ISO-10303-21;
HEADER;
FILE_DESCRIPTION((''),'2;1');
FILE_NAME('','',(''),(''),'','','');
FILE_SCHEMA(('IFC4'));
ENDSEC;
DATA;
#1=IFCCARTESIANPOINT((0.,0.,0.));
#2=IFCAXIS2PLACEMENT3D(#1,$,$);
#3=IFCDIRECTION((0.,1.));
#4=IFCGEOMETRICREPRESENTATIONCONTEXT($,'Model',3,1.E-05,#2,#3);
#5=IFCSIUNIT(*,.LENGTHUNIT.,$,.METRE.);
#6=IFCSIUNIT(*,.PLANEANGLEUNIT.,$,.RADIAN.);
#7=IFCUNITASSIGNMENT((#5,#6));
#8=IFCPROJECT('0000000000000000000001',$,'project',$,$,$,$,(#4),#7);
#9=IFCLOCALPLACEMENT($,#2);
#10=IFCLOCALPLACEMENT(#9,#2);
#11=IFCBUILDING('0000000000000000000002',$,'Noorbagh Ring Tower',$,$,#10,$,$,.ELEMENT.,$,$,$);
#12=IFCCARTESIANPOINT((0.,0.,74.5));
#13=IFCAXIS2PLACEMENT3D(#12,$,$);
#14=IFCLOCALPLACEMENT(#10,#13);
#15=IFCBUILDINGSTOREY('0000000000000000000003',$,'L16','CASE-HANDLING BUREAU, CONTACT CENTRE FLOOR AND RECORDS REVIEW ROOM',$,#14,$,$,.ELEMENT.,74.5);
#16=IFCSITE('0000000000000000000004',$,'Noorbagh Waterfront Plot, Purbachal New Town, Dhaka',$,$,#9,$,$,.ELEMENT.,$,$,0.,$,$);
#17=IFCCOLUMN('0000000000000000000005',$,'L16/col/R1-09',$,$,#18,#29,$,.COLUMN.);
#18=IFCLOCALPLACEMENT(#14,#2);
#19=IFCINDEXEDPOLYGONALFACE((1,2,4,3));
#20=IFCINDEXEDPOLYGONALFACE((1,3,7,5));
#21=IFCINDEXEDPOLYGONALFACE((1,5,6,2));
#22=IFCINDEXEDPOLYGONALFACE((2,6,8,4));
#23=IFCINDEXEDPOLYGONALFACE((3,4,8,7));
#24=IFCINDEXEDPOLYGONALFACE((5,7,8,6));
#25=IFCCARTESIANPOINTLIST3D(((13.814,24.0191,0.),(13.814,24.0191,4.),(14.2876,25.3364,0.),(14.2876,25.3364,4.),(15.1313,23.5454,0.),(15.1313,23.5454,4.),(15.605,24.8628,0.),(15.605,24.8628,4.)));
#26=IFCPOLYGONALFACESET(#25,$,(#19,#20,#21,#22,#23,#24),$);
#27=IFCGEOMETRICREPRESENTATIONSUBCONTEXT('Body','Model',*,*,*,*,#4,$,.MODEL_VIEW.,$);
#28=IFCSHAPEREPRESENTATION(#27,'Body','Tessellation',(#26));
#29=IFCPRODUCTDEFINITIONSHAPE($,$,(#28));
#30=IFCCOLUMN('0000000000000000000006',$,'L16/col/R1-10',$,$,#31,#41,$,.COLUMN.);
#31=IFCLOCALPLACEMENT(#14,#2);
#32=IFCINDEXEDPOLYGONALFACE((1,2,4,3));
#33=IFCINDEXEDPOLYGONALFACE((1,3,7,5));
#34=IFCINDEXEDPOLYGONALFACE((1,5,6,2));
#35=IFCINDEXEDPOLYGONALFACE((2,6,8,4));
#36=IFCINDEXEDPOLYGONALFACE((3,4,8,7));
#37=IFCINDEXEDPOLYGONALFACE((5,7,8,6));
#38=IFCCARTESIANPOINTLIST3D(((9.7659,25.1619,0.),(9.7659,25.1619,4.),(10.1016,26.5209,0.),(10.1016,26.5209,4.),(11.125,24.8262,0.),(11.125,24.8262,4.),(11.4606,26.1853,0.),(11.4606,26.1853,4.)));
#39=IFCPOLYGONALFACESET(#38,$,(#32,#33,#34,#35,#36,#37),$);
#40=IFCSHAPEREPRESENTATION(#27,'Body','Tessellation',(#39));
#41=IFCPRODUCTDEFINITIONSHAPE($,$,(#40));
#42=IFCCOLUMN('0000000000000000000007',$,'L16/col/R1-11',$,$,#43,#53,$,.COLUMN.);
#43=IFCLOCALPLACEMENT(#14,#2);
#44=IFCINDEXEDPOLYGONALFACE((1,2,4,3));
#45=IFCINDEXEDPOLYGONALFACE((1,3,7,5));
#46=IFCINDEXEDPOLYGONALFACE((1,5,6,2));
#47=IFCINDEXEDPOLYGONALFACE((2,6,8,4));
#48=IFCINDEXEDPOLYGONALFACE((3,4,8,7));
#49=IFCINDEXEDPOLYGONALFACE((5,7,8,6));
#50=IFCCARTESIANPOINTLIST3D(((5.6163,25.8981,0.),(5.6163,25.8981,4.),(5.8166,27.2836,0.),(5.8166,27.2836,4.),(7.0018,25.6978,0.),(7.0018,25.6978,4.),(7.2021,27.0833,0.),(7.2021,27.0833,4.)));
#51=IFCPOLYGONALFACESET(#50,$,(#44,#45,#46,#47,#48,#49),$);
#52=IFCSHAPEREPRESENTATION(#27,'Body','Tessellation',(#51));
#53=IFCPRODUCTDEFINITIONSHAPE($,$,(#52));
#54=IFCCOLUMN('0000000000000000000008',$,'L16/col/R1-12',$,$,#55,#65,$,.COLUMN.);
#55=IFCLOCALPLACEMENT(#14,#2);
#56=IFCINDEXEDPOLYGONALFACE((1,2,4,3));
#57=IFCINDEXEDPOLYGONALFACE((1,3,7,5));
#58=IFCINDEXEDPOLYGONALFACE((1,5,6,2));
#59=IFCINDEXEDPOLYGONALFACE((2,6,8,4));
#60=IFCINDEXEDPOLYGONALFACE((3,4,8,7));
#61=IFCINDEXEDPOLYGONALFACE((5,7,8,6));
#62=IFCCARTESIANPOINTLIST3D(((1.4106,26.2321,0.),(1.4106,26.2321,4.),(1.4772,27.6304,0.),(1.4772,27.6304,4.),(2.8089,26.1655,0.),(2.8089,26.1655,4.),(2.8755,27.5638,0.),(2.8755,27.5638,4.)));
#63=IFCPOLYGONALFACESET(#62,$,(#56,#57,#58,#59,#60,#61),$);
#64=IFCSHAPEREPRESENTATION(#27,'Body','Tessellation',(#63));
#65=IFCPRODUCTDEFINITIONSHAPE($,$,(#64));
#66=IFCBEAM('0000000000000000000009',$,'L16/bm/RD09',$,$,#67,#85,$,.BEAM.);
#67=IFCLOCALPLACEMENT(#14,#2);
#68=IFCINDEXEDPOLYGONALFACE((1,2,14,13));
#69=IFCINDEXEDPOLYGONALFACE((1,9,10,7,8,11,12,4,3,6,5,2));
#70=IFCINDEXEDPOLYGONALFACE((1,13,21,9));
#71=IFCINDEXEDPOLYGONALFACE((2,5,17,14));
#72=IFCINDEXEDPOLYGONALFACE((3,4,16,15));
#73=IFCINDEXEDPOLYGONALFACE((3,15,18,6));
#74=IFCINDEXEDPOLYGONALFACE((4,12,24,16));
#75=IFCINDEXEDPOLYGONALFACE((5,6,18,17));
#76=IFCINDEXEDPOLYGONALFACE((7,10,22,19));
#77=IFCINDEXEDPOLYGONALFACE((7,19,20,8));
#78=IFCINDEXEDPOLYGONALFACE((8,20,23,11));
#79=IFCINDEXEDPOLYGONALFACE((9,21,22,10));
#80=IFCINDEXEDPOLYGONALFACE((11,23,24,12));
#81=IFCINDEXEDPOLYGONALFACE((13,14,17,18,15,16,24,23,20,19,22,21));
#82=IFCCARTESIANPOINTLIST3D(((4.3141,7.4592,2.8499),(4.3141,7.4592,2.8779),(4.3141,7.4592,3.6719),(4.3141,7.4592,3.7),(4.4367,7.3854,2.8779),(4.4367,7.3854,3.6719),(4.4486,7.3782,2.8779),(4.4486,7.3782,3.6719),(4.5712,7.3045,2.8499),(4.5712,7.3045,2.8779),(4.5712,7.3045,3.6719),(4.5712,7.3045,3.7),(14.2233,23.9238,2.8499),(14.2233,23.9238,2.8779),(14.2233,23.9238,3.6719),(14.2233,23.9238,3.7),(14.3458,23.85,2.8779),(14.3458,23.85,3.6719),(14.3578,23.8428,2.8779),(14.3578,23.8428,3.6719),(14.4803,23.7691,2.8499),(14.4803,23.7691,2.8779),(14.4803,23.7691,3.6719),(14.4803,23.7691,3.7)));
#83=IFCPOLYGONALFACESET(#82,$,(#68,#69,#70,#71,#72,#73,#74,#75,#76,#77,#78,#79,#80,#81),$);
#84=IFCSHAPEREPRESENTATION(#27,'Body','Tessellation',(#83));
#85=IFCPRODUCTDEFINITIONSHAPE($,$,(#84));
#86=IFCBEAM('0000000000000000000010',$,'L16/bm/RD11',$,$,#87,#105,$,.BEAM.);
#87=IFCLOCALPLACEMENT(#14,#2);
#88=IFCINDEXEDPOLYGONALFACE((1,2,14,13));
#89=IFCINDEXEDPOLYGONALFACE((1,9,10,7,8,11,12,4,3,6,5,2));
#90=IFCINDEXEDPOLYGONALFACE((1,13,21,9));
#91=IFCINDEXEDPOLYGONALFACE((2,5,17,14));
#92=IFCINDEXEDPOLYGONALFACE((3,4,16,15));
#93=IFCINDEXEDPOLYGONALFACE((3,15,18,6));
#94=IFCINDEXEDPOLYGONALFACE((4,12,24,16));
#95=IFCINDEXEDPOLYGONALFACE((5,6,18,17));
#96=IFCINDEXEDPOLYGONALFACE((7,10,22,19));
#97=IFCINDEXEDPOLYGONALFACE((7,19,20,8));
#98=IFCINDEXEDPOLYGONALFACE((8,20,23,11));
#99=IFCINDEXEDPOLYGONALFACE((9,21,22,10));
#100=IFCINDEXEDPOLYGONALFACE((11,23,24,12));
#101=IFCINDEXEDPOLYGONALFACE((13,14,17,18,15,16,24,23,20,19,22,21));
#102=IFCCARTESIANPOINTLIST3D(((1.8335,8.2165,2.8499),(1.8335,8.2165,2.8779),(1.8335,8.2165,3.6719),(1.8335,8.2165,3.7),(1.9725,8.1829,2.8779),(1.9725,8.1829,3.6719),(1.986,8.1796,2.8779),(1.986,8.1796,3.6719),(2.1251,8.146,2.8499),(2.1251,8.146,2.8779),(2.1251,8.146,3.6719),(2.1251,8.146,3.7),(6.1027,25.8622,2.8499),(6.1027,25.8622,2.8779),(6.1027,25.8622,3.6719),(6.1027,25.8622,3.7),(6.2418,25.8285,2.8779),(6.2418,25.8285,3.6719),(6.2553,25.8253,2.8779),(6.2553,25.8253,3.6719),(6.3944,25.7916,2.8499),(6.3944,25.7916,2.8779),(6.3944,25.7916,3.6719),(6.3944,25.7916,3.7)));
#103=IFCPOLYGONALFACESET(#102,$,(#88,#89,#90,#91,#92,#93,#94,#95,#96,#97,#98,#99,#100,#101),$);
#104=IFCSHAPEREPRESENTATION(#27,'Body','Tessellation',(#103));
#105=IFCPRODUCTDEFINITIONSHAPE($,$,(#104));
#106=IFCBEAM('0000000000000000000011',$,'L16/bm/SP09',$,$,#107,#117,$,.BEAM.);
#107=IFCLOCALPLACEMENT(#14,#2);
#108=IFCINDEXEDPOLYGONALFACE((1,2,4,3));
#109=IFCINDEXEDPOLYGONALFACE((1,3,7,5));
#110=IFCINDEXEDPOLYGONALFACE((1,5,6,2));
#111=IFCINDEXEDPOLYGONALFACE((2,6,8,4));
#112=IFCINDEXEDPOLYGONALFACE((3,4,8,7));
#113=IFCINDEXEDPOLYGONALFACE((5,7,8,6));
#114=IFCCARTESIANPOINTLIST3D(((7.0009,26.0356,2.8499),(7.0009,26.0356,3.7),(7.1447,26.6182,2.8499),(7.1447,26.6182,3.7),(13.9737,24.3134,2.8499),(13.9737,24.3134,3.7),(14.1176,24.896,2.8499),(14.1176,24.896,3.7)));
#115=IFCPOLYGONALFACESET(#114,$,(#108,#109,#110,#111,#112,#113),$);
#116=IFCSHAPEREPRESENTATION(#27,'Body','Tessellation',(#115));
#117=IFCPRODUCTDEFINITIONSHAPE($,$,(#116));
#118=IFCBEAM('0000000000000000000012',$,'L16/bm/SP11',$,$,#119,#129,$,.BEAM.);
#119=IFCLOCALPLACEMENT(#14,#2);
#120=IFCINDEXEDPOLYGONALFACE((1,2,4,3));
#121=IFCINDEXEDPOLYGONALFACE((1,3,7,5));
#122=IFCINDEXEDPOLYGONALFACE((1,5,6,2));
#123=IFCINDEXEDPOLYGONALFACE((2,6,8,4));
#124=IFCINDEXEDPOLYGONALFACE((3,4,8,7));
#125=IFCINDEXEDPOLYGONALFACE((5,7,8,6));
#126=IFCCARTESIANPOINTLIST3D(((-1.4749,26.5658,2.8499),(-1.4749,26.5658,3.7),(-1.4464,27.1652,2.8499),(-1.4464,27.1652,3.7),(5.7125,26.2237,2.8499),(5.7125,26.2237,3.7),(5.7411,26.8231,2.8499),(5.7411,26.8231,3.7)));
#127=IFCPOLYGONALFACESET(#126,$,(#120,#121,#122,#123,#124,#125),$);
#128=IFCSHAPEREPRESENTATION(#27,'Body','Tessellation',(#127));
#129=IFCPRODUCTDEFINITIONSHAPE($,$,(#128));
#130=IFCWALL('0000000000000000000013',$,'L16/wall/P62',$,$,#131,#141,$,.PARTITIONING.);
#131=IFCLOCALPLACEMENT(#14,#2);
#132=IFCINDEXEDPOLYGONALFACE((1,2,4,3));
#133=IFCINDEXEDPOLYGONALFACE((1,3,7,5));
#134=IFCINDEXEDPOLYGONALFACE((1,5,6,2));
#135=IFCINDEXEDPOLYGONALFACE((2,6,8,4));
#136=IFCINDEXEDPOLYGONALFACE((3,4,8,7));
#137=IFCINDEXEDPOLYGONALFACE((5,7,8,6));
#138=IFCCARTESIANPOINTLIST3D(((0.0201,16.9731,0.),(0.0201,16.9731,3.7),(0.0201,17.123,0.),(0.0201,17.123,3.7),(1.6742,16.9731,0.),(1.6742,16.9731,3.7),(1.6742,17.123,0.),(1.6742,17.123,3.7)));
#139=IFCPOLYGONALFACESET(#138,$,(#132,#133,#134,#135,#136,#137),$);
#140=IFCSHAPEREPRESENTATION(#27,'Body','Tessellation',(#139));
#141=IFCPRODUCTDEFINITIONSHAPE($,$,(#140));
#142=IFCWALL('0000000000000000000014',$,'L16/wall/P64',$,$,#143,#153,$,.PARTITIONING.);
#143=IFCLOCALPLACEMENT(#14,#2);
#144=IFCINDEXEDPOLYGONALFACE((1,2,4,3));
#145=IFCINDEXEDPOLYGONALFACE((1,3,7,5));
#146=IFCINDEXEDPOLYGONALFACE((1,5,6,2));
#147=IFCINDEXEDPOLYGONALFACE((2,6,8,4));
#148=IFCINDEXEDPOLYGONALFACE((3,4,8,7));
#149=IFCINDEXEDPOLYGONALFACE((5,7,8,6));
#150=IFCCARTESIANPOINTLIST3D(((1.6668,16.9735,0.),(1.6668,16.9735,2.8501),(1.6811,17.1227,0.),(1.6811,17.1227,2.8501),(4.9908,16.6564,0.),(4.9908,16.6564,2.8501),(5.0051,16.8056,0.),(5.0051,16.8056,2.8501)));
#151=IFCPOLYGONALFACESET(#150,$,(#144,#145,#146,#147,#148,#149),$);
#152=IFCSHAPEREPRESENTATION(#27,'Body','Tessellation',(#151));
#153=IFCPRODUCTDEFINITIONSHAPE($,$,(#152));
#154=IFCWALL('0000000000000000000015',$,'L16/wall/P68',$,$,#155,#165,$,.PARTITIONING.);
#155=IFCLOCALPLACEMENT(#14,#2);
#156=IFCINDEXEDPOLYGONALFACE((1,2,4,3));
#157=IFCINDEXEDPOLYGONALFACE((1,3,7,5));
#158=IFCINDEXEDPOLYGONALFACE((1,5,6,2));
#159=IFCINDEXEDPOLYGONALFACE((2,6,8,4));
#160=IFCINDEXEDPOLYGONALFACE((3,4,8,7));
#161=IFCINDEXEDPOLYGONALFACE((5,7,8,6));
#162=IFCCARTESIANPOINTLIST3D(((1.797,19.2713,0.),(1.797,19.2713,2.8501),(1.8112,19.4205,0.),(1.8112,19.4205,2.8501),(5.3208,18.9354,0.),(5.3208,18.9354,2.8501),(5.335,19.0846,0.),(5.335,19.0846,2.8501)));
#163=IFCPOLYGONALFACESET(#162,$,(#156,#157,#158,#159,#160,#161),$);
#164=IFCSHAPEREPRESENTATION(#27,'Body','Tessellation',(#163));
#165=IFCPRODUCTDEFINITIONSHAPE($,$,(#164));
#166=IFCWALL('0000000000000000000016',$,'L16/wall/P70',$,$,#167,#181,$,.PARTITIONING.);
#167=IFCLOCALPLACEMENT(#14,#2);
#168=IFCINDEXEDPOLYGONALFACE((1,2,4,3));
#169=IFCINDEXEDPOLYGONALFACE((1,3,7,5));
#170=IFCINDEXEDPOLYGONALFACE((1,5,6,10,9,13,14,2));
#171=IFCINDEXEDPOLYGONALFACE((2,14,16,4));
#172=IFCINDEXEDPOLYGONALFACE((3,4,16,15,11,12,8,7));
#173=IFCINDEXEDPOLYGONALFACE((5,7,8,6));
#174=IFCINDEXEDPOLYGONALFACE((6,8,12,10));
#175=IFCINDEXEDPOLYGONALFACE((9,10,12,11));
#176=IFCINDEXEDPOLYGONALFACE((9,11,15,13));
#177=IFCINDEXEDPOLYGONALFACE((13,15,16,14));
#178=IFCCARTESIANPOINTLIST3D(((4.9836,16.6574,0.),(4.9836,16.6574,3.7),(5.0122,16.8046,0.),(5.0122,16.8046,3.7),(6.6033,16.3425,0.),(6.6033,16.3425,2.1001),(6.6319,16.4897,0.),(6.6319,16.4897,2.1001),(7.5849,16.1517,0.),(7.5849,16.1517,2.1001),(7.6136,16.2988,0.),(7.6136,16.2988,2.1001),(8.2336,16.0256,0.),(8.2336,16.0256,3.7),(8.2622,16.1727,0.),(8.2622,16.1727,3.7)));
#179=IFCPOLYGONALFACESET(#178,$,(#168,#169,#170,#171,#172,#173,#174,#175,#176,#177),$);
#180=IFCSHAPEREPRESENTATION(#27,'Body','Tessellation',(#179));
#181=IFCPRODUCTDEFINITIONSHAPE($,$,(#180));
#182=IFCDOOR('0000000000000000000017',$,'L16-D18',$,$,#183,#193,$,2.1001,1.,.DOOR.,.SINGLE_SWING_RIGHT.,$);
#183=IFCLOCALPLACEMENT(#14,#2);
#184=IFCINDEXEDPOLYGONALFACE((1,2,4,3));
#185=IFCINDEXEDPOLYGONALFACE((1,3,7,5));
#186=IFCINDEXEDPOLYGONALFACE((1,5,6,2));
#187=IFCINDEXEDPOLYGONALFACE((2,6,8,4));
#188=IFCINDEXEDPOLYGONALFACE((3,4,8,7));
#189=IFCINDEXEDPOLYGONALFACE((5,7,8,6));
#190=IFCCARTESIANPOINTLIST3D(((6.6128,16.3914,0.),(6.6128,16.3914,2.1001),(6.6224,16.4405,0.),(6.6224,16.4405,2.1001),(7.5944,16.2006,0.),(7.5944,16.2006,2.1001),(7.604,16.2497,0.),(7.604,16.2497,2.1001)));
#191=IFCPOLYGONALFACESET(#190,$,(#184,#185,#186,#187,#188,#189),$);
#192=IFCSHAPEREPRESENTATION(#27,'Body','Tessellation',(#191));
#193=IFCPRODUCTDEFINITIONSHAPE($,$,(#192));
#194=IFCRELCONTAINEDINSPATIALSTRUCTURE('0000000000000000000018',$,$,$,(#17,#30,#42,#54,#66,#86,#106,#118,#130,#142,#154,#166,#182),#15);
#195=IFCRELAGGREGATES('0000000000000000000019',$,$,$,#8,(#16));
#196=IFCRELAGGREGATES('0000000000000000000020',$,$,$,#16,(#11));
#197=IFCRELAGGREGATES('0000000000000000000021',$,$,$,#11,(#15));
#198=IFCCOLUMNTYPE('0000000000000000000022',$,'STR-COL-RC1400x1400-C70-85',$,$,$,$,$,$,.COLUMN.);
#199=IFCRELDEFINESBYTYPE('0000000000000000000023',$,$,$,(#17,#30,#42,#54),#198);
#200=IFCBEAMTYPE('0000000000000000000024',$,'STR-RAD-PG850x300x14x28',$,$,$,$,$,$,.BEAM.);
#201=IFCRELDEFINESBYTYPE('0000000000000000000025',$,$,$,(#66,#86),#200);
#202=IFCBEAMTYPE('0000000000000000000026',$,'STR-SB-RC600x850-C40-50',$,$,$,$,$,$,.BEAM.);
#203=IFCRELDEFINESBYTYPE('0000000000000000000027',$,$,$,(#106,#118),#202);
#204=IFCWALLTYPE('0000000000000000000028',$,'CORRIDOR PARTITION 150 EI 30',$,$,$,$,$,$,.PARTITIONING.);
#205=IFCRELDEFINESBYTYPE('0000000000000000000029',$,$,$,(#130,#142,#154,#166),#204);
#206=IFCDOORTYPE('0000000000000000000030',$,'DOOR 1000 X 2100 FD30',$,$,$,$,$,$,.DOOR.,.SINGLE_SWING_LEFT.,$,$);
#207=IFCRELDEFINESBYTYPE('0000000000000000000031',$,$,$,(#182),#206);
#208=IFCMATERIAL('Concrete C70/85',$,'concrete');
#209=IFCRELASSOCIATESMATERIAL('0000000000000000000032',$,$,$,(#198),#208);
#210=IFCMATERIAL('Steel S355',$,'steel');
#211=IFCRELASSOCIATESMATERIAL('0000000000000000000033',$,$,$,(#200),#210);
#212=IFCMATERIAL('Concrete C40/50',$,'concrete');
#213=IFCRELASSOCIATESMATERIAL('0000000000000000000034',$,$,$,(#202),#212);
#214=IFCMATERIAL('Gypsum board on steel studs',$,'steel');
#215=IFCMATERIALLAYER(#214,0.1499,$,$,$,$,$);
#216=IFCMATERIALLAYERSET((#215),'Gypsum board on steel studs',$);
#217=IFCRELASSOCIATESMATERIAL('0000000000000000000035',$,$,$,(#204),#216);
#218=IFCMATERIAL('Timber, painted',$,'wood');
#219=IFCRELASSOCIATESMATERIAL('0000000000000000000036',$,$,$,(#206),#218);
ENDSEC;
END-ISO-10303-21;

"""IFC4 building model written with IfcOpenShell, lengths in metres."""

from ifc_helpers import new_model, si_unit, direction, frame, frame_2d, origin, origin_2d, place, context, subcontext, project, spatial, rectangle, i_section, extrude, material, layer, layer_set, material_profile, profile_set, type_object, element, fill, save


model = new_model("IFC4")

# Units and contexts
model_context = context("Model", 3, precision=1e-05, world=origin(), true_north=direction((0.0, 1.0)))
body_context = subcontext(model_context, "Body", "Model", "MODEL_VIEW")
ifc_project = project(units=[si_unit("LENGTHUNIT", "METRE"), si_unit("PLANEANGLEUNIT", "RADIAN")], contexts=[model_context])

# Site, building, storey
site_placement = place(None, origin())
site = spatial("IfcSite", under=ifc_project, at=site_placement, Name="Noorbagh Waterfront Plot, Purbachal New Town, Dhaka", CompositionType="ELEMENT", RefElevation=0.0)
building_placement = place(site_placement, origin())
building = spatial("IfcBuilding", under=site, at=building_placement, Name="Noorbagh Ring Tower", CompositionType="ELEMENT")
storey_placement = place(building_placement, frame((0.0, 0.0, 74.5)))
storey = spatial("IfcBuildingStorey", under=building, at=storey_placement, Name="L16", Description="CASE-HANDLING BUREAU, CONTACT CENTRE FLOOR AND RECORDS REVIEW ROOM", CompositionType="ELEMENT", Elevation=74.5)

# Columns
ifc_material_1 = material(Name="Concrete C70/85", Category="concrete")
ifc_material_profile_1 = material_profile(ifc_material_1, rectangle(XDim=1.3999, YDim=1.3999, at=origin_2d()), Name="RC1400x1400")
ifc_profile_set_1 = profile_set([ifc_material_profile_1], Name="Concrete C70/85")
column_type = type_object("IfcColumnType", Name="STR-COL-RC1400x1400-C70-85", PredefinedType="COLUMN", material=ifc_profile_set_1)
for number, where, z_axis, x_axis, name in (
    (1, (14.7095, 24.4409, 0.0), (0.0, 0.0, 1.0), (-0.941025, 0.338338, 0.0), "L16/col/R1-09"),
    (2, (10.6133, 25.6736, 0.0), (0.0, 0.0, 1.0), (-0.970829, 0.239771, 0.0), "L16/col/R1-10"),
    (3, (6.4092, 26.4907, 0.0), (0.0, 0.0, 1.0), (-0.989713, 0.143066, 0.0), "L16/col/R1-11"),
    (4, (2.1431, 26.8979, 0.0), (0.0, 0.0, 1.0), (-0.998869, 0.047553, 0.0), "L16/col/R1-12"),
):
    element("IfcColumn", number, at=place(storey_placement, frame(where, z_axis=z_axis, x_axis=x_axis)), inside=storey, type_object=column_type, Name=name, PredefinedType="COLUMN", context=body_context, shape_type="SweptSolid", body=[
        extrude(rectangle(XDim=1.3999, YDim=1.3999, at=origin_2d()), origin(), (0.0, 0.0, 1.0), 4.0),
    ])

# Beams
ifc_material_2 = material(Name="Steel S355", Category="steel")
ifc_material_profile_2 = material_profile(ifc_material_2, i_section(OverallWidth=0.3, OverallDepth=0.8501, WebThickness=0.0139, FlangeThickness=0.0281, at=origin_2d()), Name="PG850x300x14x28")
ifc_profile_set_2 = profile_set([ifc_material_profile_2], Name="Steel S355")
beam_type_1 = type_object("IfcBeamType", Name="STR-RAD-PG850x300x14x28", PredefinedType="BEAM", material=ifc_profile_set_2)
beam_1_placement = place(storey_placement, frame((14.3518, 23.8464, 3.2749), z_axis=(-0.515659, -0.856794, 0.0), x_axis=(0.856794, -0.515659, 0.0)))
element("IfcBeam", 5, at=beam_1_placement, inside=storey, type_object=beam_type_1, Name="L16/bm/RD09", PredefinedType="BEAM", context=body_context, shape_type="SweptSolid", body=[
    extrude(i_section(OverallWidth=0.3, OverallDepth=0.8501, WebThickness=0.0139, FlangeThickness=0.0281, at=origin_2d()), origin(), (0.0, 0.0, 1.0), 19.2166),
])
beam_2_placement = place(storey_placement, frame((6.2485, 25.8269, 3.2749), z_axis=(-0.235159, -0.971957, 0.0), x_axis=(0.971957, -0.235159, 0.0)))
element("IfcBeam", 6, at=beam_2_placement, inside=storey, type_object=beam_type_1, Name="L16/bm/RD11", PredefinedType="BEAM", context=body_context, shape_type="SweptSolid", body=[
    extrude(i_section(OverallWidth=0.3, OverallDepth=0.8501, WebThickness=0.0139, FlangeThickness=0.0281, at=origin_2d()), origin(), (0.0, 0.0, 1.0), 18.1548),
])
ifc_material_3 = material(Name="Concrete C40/50", Category="concrete")
ifc_material_profile_3 = material_profile(ifc_material_3, rectangle(XDim=0.6001, YDim=0.8501, at=origin_2d()), Name="RC600x850")
ifc_profile_set_3 = profile_set([ifc_material_profile_3], Name="Concrete C40/50")
beam_type_2 = type_object("IfcBeamType", Name="STR-SB-RC600x850-C40-50", PredefinedType="BEAM", material=ifc_profile_set_3)
beam_3_placement = place(storey_placement, frame((14.0457, 24.6047, 3.2749), z_axis=(-0.970828, 0.239775, 0.0), x_axis=(-0.239775, -0.970828, 0.0)))
element("IfcBeam", 7, at=beam_3_placement, inside=storey, type_object=beam_type_2, Name="L16/bm/SP09", PredefinedType="BEAM", context=body_context, shape_type="SweptSolid", body=[
    extrude(rectangle(XDim=0.6001, YDim=0.8501, at=origin_2d()), origin(), (0.0, 0.0, 1.0), 7.1824),
])
beam_4_placement = place(storey_placement, frame((5.7268, 26.5234, 3.2749), z_axis=(-0.99887, 0.047535, 0.0), x_axis=(-0.047535, -0.99887, 0.0)))
element("IfcBeam", 8, at=beam_4_placement, inside=storey, type_object=beam_type_2, Name="L16/bm/SP11", PredefinedType="BEAM", context=body_context, shape_type="SweptSolid", body=[
    extrude(rectangle(XDim=0.6001, YDim=0.8501, at=origin_2d()), origin(), (0.0, 0.0, 1.0), 7.1956),
])

# Walls
ifc_material_4 = material(Name="Gypsum board on steel studs", Category="steel")
ifc_layer_1 = layer(ifc_material_4, 0.1499)
ifc_layer_set_1 = layer_set([ifc_layer_1], Name="Gypsum board on steel studs")
wall_type_1 = type_object("IfcWallType", Name="CORRIDOR PARTITION 150 EI 30", PredefinedType="PARTITIONING", material=ifc_layer_set_1)
wall_1_placement = place(storey_placement, frame((0.02, 17.0481, 0.0), z_axis=(0.0, 0.0, 1.0), x_axis=(1.0, 0.0, 0.0)))
element("IfcWall", 9, at=wall_1_placement, inside=storey, type_object=wall_type_1, Name="L16/wall/P62", PredefinedType="PARTITIONING", context=body_context, shape_type="SweptSolid", body=[
    extrude(rectangle(XDim=1.6541, YDim=0.1499, at=frame_2d((0.8271, 0.0))), origin(), (0.0, 0.0, 1.0), 3.7),
])
wall_2_placement = place(storey_placement, frame((1.6741, 17.0481, 0.0), z_axis=(0.0, 0.0, 1.0), x_axis=(0.995479, -0.094978, 0.0)))
element("IfcWall", 10, at=wall_2_placement, inside=storey, type_object=wall_type_1, Name="L16/wall/P64", PredefinedType="PARTITIONING", context=body_context, shape_type="SweptSolid", body=[
    extrude(rectangle(XDim=3.3391, YDim=0.1499, at=frame_2d((1.6694, 0.0))), origin(), (0.0, 0.0, 1.0), 2.8501),
])
wall_3_placement = place(storey_placement, frame((1.804, 19.3459, 0.0), z_axis=(0.0, 0.0, 1.0), x_axis=(0.995487, -0.0949, 0.0)))
element("IfcWall", 11, at=wall_3_placement, inside=storey, type_object=wall_type_1, Name="L16/wall/P68", PredefinedType="PARTITIONING", context=body_context, shape_type="SweptSolid", body=[
    extrude(rectangle(XDim=3.5398, YDim=0.1499, at=frame_2d((1.77, 0.0))), origin(), (0.0, 0.0, 1.0), 2.8501),
])

# Wall, opening, door
wall_4_placement = place(storey_placement, frame((4.998, 16.731, 0.0), z_axis=(0.0, 0.0, 1.0), x_axis=(0.981622, -0.190838, 0.0)))
wall_4 = element("IfcWall", 12, at=wall_4_placement, inside=storey, type_object=wall_type_1, Name="L16/wall/P70", PredefinedType="PARTITIONING", context=body_context, shape_type="SweptSolid", body=[
    extrude(rectangle(XDim=3.3108, YDim=0.1499, at=frame_2d((1.6553, 0.0))), origin(), (0.0, 0.0, 1.0), 3.7),
])
opening_placement = place(wall_4_placement, frame((1.6499, 0.0, 0.0)))
opening = element("IfcOpeningElement", 13, at=opening_placement, cuts=wall_4, PredefinedType="OPENING", context=body_context, shape_type="SweptSolid", body=[
    extrude(rectangle(XDim=1.0, YDim=2.1001, at=frame_2d((0.5, 1.05))), frame((0.0, 0.085, 0.0), z_axis=(0.0, -1.0, 0.0), x_axis=(1.0, 0.0, 0.0)), (0.0, 0.0, 1.0), 0.1699),
])
ifc_material_5 = material(Name="Timber, painted", Category="wood")
door_type = type_object("IfcDoorType", Name="DOOR 1000 X 2100 FD30", OperationType="SINGLE_SWING_LEFT", PredefinedType="DOOR", material=ifc_material_5)
door_placement = place(opening_placement, origin())
door = element("IfcDoor", 14, at=door_placement, inside=storey, type_object=door_type, Name="L16-D18", OperationType="SINGLE_SWING_RIGHT", OverallHeight=2.1001, OverallWidth=1.0, PredefinedType="DOOR", context=body_context, shape_type="SweptSolid", body=[
    extrude(rectangle(XDim=1.0, YDim=2.1001, at=frame_2d((0.5, 1.05))), frame((0.0, 0.0249, 0.0), z_axis=(0.0, -1.0, 0.0), x_axis=(1.0, 0.0, 0.0)), (0.0, 0.0, 1.0), 0.05),
])
fill(opening, door)

save(model, "model.ifc")
